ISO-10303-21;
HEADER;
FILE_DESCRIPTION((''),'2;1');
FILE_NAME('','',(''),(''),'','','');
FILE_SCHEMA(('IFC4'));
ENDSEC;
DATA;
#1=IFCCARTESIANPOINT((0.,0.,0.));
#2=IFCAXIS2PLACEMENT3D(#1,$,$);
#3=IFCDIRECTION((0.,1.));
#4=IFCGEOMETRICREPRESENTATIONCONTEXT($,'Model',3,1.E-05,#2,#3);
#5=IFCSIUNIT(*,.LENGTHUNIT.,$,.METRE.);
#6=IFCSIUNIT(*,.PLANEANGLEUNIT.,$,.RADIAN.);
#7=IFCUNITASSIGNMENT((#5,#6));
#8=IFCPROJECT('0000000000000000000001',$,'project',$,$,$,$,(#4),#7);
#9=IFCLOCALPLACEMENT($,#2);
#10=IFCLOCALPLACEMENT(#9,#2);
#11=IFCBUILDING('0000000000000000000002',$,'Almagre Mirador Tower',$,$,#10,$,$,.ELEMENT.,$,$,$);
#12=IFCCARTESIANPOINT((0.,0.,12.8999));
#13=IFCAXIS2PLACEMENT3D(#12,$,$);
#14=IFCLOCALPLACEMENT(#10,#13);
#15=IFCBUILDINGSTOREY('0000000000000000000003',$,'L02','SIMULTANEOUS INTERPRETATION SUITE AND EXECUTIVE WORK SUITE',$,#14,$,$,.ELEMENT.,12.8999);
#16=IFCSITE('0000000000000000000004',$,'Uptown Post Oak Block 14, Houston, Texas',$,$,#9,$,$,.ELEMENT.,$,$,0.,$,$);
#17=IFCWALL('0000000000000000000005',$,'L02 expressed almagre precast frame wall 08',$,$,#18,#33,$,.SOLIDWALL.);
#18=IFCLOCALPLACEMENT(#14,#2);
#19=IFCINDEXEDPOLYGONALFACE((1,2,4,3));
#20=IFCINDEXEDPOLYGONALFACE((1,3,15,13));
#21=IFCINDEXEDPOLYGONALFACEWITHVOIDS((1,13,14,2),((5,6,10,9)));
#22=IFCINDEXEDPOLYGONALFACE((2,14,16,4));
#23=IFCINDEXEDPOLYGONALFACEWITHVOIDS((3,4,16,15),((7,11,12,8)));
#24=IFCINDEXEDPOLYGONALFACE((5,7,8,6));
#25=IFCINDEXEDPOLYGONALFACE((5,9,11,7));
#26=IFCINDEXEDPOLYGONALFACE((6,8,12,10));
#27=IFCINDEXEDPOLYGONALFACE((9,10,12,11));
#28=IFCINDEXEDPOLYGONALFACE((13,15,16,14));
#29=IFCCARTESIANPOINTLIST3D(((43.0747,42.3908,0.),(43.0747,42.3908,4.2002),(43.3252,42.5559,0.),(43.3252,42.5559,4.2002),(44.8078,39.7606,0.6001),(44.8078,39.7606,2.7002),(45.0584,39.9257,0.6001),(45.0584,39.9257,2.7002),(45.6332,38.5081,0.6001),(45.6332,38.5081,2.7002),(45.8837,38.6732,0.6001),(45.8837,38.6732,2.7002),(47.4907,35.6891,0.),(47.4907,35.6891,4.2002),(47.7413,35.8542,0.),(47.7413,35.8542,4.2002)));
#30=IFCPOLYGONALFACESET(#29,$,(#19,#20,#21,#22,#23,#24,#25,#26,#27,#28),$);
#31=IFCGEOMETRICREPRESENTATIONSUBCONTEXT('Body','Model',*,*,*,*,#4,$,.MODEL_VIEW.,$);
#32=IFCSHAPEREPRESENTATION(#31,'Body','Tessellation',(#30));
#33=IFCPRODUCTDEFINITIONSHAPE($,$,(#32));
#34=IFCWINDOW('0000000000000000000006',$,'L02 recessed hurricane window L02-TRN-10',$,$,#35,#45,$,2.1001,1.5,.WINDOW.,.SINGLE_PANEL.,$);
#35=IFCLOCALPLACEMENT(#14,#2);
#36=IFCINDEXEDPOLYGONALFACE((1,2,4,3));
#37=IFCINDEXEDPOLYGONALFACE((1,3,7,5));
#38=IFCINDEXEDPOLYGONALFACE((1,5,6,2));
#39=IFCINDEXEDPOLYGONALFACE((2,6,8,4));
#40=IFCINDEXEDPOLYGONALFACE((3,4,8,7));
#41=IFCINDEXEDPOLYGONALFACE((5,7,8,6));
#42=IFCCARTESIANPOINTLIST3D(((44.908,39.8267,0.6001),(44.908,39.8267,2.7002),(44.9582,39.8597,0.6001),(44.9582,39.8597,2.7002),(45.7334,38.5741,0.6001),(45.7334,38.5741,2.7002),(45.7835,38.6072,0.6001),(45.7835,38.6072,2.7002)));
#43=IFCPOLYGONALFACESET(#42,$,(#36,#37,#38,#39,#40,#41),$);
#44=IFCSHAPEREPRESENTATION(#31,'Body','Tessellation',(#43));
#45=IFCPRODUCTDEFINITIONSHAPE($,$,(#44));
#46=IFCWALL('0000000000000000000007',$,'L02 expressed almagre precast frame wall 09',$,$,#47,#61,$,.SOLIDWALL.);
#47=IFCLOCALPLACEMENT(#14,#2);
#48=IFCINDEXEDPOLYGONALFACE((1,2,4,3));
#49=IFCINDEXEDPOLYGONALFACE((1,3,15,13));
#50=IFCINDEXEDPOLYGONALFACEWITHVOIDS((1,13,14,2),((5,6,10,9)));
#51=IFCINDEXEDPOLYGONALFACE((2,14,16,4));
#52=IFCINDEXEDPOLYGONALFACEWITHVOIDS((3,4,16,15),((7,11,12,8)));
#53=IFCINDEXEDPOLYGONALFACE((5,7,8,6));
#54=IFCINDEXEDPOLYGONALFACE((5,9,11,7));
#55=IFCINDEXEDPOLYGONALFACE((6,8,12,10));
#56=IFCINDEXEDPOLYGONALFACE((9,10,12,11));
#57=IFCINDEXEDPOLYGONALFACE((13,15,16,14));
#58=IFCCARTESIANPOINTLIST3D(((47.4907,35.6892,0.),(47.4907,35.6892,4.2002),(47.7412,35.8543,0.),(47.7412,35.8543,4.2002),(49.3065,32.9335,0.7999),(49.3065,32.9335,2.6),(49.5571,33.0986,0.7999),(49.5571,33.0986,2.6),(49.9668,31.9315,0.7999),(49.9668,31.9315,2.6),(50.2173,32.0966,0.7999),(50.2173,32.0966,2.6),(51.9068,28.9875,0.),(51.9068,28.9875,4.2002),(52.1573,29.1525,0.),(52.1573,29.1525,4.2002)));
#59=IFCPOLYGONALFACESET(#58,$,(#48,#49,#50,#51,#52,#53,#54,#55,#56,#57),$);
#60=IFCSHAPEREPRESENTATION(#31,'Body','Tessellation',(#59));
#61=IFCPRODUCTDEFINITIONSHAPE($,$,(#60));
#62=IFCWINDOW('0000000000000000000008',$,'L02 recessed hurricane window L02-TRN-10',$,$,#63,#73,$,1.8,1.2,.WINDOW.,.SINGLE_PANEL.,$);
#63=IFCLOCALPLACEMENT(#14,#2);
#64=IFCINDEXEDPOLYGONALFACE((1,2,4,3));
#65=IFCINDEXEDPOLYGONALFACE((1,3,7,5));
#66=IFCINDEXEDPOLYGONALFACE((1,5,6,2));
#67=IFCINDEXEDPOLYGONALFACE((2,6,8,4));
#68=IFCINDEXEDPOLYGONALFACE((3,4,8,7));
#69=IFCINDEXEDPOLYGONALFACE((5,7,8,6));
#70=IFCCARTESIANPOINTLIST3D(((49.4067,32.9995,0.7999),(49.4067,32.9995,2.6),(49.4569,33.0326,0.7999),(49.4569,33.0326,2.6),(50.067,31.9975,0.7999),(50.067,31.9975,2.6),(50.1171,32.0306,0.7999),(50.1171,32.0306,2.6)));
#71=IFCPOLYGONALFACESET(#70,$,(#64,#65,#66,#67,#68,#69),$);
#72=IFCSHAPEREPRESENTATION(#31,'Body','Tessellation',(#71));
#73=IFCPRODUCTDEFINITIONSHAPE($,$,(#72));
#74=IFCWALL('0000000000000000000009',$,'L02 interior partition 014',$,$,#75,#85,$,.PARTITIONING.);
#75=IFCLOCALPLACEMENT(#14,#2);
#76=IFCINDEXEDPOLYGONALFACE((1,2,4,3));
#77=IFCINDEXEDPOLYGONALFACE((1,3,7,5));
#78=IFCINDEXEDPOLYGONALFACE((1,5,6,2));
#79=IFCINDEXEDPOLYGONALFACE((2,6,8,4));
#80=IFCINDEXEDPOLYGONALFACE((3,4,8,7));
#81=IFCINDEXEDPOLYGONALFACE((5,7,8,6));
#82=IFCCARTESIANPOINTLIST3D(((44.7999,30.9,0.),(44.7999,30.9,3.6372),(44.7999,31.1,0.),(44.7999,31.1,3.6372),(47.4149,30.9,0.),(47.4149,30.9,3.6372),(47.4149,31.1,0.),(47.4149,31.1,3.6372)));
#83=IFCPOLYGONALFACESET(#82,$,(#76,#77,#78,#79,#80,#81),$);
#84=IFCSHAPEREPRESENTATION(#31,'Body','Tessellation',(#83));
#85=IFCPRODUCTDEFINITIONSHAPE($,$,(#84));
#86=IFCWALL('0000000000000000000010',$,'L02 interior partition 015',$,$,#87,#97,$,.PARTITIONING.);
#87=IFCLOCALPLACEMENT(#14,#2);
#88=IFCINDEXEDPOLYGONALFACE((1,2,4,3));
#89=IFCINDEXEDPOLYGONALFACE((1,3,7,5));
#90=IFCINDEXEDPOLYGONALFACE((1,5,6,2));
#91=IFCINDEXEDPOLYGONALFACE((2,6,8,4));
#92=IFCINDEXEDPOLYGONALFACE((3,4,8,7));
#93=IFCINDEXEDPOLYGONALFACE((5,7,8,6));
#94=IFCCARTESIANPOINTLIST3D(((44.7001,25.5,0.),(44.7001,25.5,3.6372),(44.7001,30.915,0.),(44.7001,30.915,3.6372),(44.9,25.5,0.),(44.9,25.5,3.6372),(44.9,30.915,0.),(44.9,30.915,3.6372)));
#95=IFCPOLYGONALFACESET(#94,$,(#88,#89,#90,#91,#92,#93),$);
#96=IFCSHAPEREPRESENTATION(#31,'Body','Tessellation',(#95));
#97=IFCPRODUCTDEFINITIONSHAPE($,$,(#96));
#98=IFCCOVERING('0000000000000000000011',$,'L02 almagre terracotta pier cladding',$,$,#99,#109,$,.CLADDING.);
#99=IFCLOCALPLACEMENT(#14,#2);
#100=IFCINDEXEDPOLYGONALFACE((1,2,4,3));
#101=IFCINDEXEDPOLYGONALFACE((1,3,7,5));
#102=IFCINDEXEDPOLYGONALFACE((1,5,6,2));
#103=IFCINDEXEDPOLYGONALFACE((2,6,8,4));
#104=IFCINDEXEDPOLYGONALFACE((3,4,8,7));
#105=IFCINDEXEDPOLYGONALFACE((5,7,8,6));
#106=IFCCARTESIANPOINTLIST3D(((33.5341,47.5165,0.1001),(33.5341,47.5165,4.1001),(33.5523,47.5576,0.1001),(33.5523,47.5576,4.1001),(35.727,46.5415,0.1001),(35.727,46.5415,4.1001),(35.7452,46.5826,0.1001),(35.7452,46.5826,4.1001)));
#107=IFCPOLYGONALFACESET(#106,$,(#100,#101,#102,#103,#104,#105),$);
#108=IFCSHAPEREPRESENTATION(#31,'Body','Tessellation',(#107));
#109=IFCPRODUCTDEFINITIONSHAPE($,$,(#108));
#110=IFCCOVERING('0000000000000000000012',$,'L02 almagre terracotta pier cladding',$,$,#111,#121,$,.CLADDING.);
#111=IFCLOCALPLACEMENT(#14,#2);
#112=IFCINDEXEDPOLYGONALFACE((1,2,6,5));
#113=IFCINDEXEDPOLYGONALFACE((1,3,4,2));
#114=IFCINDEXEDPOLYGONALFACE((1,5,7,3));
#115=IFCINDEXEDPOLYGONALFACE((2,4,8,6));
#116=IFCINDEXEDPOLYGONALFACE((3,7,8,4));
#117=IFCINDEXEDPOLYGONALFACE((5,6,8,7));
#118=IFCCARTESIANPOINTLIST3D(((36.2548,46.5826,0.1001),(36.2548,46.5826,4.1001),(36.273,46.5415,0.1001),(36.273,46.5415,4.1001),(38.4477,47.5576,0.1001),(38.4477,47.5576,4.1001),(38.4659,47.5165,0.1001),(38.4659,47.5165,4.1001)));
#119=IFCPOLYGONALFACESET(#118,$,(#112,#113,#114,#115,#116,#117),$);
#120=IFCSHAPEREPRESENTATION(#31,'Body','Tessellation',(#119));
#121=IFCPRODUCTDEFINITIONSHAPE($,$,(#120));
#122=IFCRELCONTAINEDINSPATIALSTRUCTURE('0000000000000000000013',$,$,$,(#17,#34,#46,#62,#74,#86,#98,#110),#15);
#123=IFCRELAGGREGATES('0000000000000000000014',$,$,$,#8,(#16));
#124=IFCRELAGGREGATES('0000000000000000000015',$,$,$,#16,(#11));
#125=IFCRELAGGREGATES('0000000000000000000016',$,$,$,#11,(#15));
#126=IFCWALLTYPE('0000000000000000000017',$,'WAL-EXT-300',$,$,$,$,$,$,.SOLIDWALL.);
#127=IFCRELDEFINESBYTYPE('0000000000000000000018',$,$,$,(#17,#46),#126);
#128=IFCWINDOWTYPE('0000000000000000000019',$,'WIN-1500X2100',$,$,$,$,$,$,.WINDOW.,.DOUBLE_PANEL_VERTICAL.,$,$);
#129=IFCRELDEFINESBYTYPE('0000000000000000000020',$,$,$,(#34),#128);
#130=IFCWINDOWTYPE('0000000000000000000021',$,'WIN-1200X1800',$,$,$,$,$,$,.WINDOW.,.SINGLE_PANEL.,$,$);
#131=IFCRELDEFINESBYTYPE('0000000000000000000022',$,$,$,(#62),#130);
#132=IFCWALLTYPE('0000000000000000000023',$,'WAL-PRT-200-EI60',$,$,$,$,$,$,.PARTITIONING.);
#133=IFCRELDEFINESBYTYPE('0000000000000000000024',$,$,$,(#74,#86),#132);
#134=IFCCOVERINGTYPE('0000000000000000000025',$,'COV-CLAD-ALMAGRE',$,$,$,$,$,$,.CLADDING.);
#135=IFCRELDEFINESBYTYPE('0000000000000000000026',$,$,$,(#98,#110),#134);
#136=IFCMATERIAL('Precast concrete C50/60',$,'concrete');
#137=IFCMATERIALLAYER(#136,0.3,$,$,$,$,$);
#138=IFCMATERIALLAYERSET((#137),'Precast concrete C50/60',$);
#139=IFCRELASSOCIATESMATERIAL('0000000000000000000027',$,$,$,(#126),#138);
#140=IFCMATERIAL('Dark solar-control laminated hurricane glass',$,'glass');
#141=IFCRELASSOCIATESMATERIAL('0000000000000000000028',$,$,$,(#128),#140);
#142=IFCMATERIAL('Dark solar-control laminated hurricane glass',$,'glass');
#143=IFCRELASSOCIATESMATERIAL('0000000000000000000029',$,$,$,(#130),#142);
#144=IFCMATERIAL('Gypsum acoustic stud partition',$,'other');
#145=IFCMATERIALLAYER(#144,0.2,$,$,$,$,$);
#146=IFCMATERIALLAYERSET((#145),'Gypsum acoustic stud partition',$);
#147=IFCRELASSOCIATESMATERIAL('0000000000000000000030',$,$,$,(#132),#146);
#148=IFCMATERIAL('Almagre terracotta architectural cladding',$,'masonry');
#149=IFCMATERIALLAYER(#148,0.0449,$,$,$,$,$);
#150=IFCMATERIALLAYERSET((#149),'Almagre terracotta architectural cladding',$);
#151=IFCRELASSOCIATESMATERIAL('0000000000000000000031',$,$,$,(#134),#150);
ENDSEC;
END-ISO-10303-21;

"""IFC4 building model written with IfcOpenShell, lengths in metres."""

from ifc_helpers import new_model, si_unit, direction, frame, frame_2d, origin, origin_2d, place, context, subcontext, project, spatial, rectangle, extrude, material, layer, layer_set, type_object, element, fill, save


model = new_model("IFC4")

# Units and contexts
model_context = context("Model", 3, precision=1e-05, world=origin(), true_north=direction((0.0, 1.0)))
body_context = subcontext(model_context, "Body", "Model", "MODEL_VIEW")
ifc_project = project(units=[si_unit("LENGTHUNIT", "METRE"), si_unit("PLANEANGLEUNIT", "RADIAN")], contexts=[model_context])

# Site, building, storey
site_placement = place(None, origin())
site = spatial("IfcSite", under=ifc_project, at=site_placement, Name="Uptown Post Oak Block 14, Houston, Texas", CompositionType="ELEMENT", RefElevation=0.0)
building_placement = place(site_placement, origin())
building = spatial("IfcBuilding", under=site, at=building_placement, Name="Almagre Mirador Tower", CompositionType="ELEMENT")
storey_placement = place(building_placement, frame((0.0, 0.0, 12.8999)))
storey = spatial("IfcBuildingStorey", under=building, at=storey_placement, Name="L02", Description="SIMULTANEOUS INTERPRETATION SUITE AND EXECUTIVE WORK SUITE", CompositionType="ELEMENT", Elevation=12.8999)

# Shared definitions
ifc_material_1 = material(Name="Precast concrete C50/60", Category="concrete")
ifc_layer_1 = layer(ifc_material_1, 0.3)
ifc_layer_set_1 = layer_set([ifc_layer_1], Name="Precast concrete C50/60")
wall_type_1 = type_object("IfcWallType", Name="WAL-EXT-300", PredefinedType="SOLIDWALL", material=ifc_layer_set_1)

# Walls, openings, windows
wall_1_placement = place(storey_placement, frame((43.2, 42.4734, 0.0), z_axis=(0.0, 0.0, 1.0), x_axis=(0.550228, -0.835015, 0.0)))
wall_1 = element("IfcWall", 1, at=wall_1_placement, inside=storey, type_object=wall_type_1, Name="L02 expressed almagre precast frame wall 08", PredefinedType="SOLIDWALL", context=body_context, shape_type="SweptSolid", body=[
    extrude(rectangle(XDim=8.0259, YDim=0.3, at=frame_2d((4.0129, 0.0))), origin(), (0.0, 0.0, 1.0), 4.2002),
])
opening_1_placement = place(wall_1_placement, frame((3.1499, 0.0, 0.6001)))
opening_1 = element("IfcOpeningElement", 2, at=opening_1_placement, cuts=wall_1, PredefinedType="OPENING", context=body_context, shape_type="SweptSolid", body=[
    extrude(rectangle(XDim=1.5, YDim=2.1001, at=frame_2d((0.75, 1.05))), frame((0.0, 0.1599, 0.0), z_axis=(0.0, -1.0, 0.0), x_axis=(1.0, 0.0, 0.0)), (0.0, 0.0, 1.0), 0.32),
])
ifc_material_2 = material(Name="Dark solar-control laminated hurricane glass", Category="glass")
window_type_1 = type_object("IfcWindowType", Name="WIN-1500X2100", PartitioningType="DOUBLE_PANEL_VERTICAL", PredefinedType="WINDOW", material=ifc_material_2)
window_1_placement = place(opening_1_placement, origin())
window_1 = element("IfcWindow", 3, at=window_1_placement, inside=storey, type_object=window_type_1, Name="L02 recessed hurricane window L02-TRN-10", OverallHeight=2.1001, OverallWidth=1.5, PartitioningType="SINGLE_PANEL", PredefinedType="WINDOW", context=body_context, shape_type="SweptSolid", body=[
    extrude(rectangle(XDim=1.5, YDim=2.1001, at=frame_2d((0.75, 1.05))), frame((0.0, 0.03, 0.0), z_axis=(0.0, -1.0, 0.0), x_axis=(1.0, 0.0, 0.0)), (0.0, 0.0, 1.0), 0.0601),
])
fill(opening_1, window_1)
wall_2_placement = place(storey_placement, frame((47.616, 35.7717, 0.0), z_axis=(0.0, 0.0, 1.0), x_axis=(0.550228, -0.835015, 0.0)))
wall_2 = element("IfcWall", 4, at=wall_2_placement, inside=storey, type_object=wall_type_1, Name="L02 expressed almagre precast frame wall 09", PredefinedType="SOLIDWALL", context=body_context, shape_type="SweptSolid", body=[
    extrude(rectangle(XDim=8.0259, YDim=0.3, at=frame_2d((4.0129, 0.0))), origin(), (0.0, 0.0, 1.0), 4.2002),
])
opening_2_placement = place(wall_2_placement, frame((3.3, 0.0, 0.8)))
opening_2 = element("IfcOpeningElement", 5, at=opening_2_placement, cuts=wall_2, PredefinedType="OPENING", context=body_context, shape_type="SweptSolid", body=[
    extrude(rectangle(XDim=1.2, YDim=1.8, at=frame_2d((0.6001, 0.8999))), frame((0.0, 0.1599, 0.0), z_axis=(0.0, -1.0, 0.0), x_axis=(1.0, 0.0, 0.0)), (0.0, 0.0, 1.0), 0.32),
])
ifc_material_3 = material(Name="Dark solar-control laminated hurricane glass", Category="glass")
window_type_2 = type_object("IfcWindowType", Name="WIN-1200X1800", PartitioningType="SINGLE_PANEL", PredefinedType="WINDOW", material=ifc_material_3)
window_2_placement = place(opening_2_placement, origin())
window_2 = element("IfcWindow", 6, at=window_2_placement, inside=storey, type_object=window_type_2, Name="L02 recessed hurricane window L02-TRN-10", OverallHeight=1.8, OverallWidth=1.2, PartitioningType="SINGLE_PANEL", PredefinedType="WINDOW", context=body_context, shape_type="SweptSolid", body=[
    extrude(rectangle(XDim=1.2, YDim=1.8, at=frame_2d((0.6001, 0.8999))), frame((0.0, 0.03, 0.0), z_axis=(0.0, -1.0, 0.0), x_axis=(1.0, 0.0, 0.0)), (0.0, 0.0, 1.0), 0.0601),
])
fill(opening_2, window_2)

# Walls
ifc_material_4 = material(Name="Gypsum acoustic stud partition", Category="other")
ifc_layer_2 = layer(ifc_material_4, 0.2)
ifc_layer_set_2 = layer_set([ifc_layer_2], Name="Gypsum acoustic stud partition")
wall_type_2 = type_object("IfcWallType", Name="WAL-PRT-200-EI60", PredefinedType="PARTITIONING", material=ifc_layer_set_2)
wall_3_placement = place(storey_placement, frame((47.415, 31.0, 0.0), z_axis=(0.0, 0.0, 1.0), x_axis=(-1.0, 0.0, 0.0)))
element("IfcWall", 7, at=wall_3_placement, inside=storey, type_object=wall_type_2, Name="L02 interior partition 014", PredefinedType="PARTITIONING", context=body_context, shape_type="SweptSolid", body=[
    extrude(rectangle(XDim=2.615, YDim=0.2, at=frame_2d((1.3076, 0.0))), origin(), (0.0, 0.0, 1.0), 3.6372),
])
wall_4_placement = place(storey_placement, frame((44.8, 30.915, 0.0), z_axis=(0.0, 0.0, 1.0), x_axis=(0.0, -1.0, 0.0)))
element("IfcWall", 8, at=wall_4_placement, inside=storey, type_object=wall_type_2, Name="L02 interior partition 015", PredefinedType="PARTITIONING", context=body_context, shape_type="SweptSolid", body=[
    extrude(rectangle(XDim=5.415, YDim=0.2, at=frame_2d((2.7075, 0.0))), origin(), (0.0, 0.0, 1.0), 3.6372),
])

# Coverings
ifc_material_5 = material(Name="Almagre terracotta architectural cladding", Category="masonry")
ifc_layer_3 = layer(ifc_material_5, 0.0449)
ifc_layer_set_3 = layer_set([ifc_layer_3], Name="Almagre terracotta architectural cladding")
covering_type = type_object("IfcCoveringType", Name="COV-CLAD-ALMAGRE", PredefinedType="CLADDING", material=ifc_layer_set_3)
for number, where, z_axis, x_axis, name in (
    (9, (34.6396, 47.0496, 0.1001), (0.0, 0.0, 1.0), (0.913751, -0.406274, 0.0), "L02 almagre terracotta pier cladding"),
    (10, (37.3604, 47.0496, 0.1001), (0.0, 0.0, 1.0), (0.913751, 0.406274, 0.0), "L02 almagre terracotta pier cladding"),
):
    element("IfcCovering", number, at=place(storey_placement, frame(where, z_axis=z_axis, x_axis=x_axis)), inside=storey, type_object=covering_type, Name=name, PredefinedType="CLADDING", context=body_context, shape_type="SweptSolid", body=[
        extrude(rectangle(XDim=2.3999, YDim=0.0449, at=origin_2d()), origin(), (0.0, 0.0, 1.0), 4.0),
    ])

save(model, "model.ifc")
